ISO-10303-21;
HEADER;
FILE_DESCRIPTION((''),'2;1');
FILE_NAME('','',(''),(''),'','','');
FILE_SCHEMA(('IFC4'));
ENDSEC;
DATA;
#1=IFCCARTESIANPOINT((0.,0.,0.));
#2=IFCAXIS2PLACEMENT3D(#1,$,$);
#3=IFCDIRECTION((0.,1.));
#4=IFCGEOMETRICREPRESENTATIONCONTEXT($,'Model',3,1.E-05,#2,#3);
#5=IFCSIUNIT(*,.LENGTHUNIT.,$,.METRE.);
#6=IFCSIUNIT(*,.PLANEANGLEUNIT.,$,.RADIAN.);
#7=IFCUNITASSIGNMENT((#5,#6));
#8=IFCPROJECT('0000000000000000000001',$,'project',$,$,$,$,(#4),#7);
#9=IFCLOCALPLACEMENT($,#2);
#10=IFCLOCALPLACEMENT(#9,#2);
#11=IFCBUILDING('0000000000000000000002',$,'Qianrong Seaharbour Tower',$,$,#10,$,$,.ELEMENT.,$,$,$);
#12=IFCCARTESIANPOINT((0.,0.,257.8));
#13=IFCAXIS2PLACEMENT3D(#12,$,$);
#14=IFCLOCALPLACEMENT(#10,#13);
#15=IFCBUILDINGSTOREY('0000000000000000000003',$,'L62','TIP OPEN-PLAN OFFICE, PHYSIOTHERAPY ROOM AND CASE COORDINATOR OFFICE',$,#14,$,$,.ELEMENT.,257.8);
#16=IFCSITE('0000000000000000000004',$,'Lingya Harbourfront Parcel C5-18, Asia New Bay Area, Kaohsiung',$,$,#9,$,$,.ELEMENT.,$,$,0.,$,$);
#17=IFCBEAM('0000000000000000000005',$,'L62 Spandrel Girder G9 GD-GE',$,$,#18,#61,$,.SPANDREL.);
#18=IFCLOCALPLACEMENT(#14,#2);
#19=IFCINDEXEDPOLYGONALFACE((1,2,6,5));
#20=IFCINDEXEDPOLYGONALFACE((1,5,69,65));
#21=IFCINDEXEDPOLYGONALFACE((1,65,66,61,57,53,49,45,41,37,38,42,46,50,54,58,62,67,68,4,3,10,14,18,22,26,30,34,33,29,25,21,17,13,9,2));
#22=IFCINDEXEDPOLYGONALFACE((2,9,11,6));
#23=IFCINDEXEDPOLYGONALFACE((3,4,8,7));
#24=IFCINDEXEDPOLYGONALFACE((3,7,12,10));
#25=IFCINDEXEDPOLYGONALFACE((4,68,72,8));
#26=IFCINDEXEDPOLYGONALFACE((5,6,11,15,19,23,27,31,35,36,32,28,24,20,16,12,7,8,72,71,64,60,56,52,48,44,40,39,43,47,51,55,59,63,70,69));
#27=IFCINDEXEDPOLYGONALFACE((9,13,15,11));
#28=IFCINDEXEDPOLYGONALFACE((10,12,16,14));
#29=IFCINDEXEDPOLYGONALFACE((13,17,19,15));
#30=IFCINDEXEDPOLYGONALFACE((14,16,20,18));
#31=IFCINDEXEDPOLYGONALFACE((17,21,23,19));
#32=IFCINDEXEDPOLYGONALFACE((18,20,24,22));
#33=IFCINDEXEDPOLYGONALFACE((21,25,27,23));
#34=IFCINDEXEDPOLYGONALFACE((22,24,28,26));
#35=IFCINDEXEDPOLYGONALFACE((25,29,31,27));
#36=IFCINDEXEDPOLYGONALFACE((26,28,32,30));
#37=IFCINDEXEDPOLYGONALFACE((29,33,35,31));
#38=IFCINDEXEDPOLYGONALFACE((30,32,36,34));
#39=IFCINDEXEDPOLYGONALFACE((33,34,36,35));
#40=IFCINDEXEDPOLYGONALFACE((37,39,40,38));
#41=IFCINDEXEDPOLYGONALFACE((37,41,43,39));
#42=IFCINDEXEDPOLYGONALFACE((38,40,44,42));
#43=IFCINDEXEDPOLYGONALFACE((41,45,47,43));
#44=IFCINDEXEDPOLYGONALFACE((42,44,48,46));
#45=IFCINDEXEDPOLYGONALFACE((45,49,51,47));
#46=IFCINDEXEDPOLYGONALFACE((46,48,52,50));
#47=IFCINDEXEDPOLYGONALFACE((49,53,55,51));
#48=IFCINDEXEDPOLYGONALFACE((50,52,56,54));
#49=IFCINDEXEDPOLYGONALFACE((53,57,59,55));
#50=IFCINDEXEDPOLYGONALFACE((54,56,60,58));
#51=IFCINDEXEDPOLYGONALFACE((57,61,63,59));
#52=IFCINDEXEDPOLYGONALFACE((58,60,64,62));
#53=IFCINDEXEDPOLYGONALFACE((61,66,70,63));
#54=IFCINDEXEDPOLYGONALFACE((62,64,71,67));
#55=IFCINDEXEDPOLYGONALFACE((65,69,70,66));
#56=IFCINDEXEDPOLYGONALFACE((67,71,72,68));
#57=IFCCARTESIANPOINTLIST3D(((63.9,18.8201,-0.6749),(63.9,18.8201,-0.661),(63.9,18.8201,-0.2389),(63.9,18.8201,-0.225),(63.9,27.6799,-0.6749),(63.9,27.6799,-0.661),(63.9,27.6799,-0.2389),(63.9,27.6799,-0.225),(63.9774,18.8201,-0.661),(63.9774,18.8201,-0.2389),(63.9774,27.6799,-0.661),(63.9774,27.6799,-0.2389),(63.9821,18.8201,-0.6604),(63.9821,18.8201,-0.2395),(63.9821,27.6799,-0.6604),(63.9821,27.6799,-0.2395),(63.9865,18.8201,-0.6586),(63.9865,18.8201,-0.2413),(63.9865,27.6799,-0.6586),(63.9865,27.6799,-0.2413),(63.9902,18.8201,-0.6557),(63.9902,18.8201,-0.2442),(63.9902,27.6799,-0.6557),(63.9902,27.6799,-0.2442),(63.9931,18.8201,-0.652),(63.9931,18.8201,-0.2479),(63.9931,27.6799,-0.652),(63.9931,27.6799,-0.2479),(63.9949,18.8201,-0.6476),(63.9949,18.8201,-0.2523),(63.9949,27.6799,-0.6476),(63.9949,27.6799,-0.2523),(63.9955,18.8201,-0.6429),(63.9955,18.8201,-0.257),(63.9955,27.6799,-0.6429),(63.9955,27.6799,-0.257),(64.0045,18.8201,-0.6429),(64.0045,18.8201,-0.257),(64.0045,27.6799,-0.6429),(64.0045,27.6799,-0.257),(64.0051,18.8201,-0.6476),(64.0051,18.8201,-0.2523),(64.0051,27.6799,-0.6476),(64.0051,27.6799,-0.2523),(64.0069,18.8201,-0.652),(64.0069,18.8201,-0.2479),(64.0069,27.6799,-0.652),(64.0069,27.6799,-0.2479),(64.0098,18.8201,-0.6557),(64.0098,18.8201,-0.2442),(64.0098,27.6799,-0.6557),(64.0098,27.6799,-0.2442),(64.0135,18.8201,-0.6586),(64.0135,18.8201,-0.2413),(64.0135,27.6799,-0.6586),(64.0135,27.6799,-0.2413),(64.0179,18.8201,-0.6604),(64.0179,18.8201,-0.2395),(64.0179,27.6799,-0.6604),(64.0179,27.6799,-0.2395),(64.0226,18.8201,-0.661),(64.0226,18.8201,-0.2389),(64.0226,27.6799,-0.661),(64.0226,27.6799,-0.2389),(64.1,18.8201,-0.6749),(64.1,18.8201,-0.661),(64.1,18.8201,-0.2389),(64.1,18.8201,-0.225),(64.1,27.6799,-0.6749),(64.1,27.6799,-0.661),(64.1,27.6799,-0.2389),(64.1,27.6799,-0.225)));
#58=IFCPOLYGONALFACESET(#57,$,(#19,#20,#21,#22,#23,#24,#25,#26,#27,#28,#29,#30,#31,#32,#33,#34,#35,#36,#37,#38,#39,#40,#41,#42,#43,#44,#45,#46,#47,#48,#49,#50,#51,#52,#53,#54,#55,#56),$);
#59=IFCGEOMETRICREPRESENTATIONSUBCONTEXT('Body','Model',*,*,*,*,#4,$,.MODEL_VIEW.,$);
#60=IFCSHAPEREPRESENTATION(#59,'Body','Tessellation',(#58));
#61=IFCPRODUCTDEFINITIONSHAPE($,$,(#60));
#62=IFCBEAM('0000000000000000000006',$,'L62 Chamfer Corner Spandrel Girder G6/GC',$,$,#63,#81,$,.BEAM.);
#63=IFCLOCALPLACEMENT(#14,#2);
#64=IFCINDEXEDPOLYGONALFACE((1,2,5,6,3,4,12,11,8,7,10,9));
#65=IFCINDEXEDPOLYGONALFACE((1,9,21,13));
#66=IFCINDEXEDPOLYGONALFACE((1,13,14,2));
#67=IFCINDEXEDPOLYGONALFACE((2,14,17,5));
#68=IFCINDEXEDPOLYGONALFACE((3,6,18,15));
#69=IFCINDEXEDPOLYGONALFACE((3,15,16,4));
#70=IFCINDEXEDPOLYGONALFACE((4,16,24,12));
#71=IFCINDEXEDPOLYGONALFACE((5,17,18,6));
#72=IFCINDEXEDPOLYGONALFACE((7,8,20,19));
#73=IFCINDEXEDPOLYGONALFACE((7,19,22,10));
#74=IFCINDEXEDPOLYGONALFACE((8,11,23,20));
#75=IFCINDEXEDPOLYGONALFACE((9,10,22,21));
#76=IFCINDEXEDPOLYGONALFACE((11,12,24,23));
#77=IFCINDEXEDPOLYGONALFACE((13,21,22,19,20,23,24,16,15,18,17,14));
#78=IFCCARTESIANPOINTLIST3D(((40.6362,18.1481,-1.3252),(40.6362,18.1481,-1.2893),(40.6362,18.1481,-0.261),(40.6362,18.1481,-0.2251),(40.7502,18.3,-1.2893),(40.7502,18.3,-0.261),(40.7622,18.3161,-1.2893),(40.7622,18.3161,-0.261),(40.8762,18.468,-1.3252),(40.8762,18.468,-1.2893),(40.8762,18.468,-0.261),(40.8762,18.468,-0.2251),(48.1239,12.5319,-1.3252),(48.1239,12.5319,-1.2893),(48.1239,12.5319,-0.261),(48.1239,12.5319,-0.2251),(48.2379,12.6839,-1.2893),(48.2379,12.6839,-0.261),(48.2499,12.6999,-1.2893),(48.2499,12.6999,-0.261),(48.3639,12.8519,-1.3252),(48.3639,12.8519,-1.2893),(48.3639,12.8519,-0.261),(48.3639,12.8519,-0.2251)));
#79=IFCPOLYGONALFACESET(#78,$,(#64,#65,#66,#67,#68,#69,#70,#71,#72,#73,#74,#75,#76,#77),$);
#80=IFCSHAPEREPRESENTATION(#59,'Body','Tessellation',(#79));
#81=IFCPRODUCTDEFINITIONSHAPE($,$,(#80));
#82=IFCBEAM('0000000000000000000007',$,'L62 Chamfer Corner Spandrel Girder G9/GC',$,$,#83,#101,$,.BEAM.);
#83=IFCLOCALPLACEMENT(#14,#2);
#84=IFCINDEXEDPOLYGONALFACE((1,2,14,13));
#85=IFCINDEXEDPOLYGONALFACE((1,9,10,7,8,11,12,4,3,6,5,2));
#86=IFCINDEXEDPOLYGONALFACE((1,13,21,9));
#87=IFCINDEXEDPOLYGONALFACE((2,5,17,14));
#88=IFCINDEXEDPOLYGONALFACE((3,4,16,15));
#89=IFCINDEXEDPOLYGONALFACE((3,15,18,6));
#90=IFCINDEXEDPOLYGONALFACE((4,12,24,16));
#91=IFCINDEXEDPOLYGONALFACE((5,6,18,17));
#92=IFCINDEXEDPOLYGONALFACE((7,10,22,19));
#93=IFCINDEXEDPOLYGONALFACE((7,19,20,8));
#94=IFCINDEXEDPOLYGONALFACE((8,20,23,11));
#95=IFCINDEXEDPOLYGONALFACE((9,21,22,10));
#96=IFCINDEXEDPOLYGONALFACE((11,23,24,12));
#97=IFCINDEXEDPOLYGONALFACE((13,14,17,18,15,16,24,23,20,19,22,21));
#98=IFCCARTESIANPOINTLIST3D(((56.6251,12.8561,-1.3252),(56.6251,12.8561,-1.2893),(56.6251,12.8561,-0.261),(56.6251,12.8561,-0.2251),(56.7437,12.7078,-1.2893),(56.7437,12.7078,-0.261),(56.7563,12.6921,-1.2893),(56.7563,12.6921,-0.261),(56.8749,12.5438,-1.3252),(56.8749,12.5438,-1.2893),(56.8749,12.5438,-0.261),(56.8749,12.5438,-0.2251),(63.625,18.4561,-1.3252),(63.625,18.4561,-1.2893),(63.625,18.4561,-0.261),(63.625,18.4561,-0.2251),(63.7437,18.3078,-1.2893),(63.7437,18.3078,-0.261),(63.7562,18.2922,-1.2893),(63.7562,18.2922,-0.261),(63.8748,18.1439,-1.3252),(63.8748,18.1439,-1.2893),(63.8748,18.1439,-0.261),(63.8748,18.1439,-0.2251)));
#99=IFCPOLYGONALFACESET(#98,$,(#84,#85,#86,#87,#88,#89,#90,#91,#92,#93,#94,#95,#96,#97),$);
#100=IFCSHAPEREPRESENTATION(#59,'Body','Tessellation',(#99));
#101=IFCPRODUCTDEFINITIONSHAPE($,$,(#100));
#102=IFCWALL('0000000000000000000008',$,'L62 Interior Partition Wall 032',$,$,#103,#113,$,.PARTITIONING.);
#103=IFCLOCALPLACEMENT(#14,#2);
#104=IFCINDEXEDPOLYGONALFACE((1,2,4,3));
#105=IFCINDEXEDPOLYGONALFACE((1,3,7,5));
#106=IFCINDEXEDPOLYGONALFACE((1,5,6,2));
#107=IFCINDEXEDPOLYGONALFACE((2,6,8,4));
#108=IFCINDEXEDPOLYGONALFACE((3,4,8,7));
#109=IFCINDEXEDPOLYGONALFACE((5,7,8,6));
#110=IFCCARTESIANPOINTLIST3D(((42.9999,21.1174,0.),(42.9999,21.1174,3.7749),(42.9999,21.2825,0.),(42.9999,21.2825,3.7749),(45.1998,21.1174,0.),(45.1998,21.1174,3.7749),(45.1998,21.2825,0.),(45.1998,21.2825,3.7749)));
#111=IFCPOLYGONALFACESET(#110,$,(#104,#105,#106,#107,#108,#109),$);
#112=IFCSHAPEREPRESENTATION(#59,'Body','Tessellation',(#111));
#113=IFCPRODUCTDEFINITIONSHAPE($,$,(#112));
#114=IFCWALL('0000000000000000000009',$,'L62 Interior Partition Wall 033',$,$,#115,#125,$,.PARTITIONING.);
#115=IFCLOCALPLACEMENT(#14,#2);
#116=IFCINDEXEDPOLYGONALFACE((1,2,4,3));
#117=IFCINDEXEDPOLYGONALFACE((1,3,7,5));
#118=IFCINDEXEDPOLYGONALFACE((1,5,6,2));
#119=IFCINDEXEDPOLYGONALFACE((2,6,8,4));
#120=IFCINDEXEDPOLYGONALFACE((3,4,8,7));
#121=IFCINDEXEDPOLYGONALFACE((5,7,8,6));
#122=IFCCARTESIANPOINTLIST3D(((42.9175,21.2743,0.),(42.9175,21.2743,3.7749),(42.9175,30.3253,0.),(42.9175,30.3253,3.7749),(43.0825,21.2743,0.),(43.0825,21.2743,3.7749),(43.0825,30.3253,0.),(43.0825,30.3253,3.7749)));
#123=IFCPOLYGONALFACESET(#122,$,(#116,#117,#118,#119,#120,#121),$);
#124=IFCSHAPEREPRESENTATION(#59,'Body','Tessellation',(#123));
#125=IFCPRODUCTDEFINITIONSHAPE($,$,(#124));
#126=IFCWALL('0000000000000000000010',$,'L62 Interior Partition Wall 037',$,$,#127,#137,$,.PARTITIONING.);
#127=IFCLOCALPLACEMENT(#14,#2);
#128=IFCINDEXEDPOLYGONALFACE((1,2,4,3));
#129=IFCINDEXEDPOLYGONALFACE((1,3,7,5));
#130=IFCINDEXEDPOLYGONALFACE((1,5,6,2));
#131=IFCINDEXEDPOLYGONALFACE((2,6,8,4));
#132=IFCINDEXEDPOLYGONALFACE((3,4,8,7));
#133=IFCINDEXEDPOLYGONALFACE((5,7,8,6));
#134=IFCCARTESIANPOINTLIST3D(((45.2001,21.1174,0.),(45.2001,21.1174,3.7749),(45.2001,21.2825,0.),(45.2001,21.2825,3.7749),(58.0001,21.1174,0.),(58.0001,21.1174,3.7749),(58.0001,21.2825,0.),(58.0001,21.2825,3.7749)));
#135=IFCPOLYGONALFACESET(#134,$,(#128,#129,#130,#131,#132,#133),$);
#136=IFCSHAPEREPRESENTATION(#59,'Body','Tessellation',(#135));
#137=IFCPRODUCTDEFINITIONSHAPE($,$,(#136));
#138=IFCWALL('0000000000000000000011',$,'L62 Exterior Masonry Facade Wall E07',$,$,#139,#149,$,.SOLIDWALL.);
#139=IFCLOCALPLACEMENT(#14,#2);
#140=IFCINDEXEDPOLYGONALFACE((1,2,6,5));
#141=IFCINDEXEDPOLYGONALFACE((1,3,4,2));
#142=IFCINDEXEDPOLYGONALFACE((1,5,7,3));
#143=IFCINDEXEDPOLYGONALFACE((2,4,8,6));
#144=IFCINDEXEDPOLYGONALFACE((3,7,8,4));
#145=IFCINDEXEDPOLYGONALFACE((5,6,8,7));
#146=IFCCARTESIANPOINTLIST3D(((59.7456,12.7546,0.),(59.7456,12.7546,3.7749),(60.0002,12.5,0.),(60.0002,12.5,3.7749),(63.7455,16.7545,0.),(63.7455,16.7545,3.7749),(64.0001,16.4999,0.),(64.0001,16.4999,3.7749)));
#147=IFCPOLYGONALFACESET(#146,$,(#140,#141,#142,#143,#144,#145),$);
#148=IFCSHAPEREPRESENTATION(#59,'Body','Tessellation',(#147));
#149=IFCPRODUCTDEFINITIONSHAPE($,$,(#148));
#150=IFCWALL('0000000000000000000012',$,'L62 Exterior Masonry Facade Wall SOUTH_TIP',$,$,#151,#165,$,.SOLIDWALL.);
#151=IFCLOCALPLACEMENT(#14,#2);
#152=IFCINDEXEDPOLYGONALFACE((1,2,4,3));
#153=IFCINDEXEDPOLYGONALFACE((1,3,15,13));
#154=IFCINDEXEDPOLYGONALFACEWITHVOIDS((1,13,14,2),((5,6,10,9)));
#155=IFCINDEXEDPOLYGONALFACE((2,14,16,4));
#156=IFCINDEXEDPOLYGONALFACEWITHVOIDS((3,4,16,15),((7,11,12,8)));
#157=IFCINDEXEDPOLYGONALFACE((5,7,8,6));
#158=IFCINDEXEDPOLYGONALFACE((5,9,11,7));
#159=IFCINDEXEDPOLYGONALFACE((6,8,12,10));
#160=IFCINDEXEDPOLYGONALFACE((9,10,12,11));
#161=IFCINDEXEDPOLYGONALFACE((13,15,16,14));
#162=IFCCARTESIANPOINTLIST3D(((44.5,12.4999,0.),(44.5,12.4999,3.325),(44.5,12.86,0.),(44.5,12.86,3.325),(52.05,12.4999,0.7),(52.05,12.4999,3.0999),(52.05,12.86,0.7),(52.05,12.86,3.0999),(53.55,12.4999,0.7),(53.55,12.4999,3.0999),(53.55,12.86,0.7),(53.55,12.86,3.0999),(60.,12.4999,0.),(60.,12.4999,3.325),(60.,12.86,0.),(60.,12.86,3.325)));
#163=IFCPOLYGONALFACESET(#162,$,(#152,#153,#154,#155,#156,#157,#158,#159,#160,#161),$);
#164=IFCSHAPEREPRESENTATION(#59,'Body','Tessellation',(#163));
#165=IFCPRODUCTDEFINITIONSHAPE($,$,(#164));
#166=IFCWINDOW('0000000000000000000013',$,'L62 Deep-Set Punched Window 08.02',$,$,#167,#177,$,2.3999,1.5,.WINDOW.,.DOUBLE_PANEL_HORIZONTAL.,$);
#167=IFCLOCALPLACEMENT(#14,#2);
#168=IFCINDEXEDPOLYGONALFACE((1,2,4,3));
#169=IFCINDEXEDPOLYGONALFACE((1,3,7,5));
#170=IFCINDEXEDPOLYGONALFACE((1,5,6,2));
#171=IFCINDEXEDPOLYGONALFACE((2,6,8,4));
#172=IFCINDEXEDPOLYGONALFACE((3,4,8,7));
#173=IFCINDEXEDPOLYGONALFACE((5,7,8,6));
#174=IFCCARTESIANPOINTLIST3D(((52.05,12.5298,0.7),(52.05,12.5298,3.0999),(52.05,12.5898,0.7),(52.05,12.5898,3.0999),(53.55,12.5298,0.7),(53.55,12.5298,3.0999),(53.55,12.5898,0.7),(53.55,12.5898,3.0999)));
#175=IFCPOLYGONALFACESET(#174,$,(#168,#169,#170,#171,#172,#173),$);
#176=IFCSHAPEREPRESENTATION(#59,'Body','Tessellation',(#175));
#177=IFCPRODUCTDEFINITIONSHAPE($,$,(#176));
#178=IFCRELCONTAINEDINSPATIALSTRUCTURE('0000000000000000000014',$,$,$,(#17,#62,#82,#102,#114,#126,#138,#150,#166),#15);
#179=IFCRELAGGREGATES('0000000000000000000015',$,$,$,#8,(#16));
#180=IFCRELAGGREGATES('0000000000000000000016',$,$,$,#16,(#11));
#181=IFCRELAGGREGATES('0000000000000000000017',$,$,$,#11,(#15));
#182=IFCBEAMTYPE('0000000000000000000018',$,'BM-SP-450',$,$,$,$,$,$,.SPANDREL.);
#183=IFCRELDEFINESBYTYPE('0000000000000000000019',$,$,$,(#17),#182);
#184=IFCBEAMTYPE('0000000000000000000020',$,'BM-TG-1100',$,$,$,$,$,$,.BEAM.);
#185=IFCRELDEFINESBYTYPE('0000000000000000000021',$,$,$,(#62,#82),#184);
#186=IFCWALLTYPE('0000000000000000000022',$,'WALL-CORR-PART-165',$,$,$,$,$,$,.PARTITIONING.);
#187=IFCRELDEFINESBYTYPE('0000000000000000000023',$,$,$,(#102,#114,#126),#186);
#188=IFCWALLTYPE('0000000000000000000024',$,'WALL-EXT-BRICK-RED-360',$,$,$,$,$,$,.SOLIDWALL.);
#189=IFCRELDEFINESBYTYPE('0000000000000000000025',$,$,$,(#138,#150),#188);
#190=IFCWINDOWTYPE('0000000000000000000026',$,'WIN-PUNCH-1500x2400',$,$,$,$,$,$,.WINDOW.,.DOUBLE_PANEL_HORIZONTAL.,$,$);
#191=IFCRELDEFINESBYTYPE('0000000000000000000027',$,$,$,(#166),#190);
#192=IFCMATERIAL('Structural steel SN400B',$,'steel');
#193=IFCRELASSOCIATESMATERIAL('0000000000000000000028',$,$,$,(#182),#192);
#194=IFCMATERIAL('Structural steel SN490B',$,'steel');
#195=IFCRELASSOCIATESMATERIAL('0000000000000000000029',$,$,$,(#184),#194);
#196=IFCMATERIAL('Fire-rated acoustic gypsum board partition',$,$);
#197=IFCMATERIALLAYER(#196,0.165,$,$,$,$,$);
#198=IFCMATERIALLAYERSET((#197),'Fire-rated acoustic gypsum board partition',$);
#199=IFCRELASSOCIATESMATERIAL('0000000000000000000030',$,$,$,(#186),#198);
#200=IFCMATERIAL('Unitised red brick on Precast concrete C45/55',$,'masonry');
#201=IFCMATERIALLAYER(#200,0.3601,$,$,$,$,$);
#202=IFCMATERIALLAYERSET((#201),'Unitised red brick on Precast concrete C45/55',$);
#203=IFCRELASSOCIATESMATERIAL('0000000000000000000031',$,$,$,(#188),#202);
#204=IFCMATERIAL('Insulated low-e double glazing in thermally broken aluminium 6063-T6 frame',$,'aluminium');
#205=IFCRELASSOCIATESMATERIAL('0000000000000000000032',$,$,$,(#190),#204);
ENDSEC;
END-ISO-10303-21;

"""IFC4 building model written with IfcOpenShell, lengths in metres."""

from ifc_helpers import new_model, si_unit, direction, frame, frame_2d, origin, origin_2d, place, context, subcontext, project, spatial, rectangle, i_section, extrude, material, layer, layer_set, material_profile, profile_set, type_object, element, fill, save


model = new_model("IFC4")

# Units and contexts
model_context = context("Model", 3, precision=1e-05, world=origin(), true_north=direction((0.0, 1.0)))
body_context = subcontext(model_context, "Body", "Model", "MODEL_VIEW")
ifc_project = project(units=[si_unit("LENGTHUNIT", "METRE"), si_unit("PLANEANGLEUNIT", "RADIAN")], contexts=[model_context])

# Site, building, storey
site_placement = place(None, origin())
site = spatial("IfcSite", under=ifc_project, at=site_placement, Name="Lingya Harbourfront Parcel C5-18, Asia New Bay Area, Kaohsiung", CompositionType="ELEMENT", RefElevation=0.0)
building_placement = place(site_placement, origin())
building = spatial("IfcBuilding", under=site, at=building_placement, Name="Qianrong Seaharbour Tower", CompositionType="ELEMENT")
storey_placement = place(building_placement, frame((0.0, 0.0, 257.8)))
storey = spatial("IfcBuildingStorey", under=building, at=storey_placement, Name="L62", Description="TIP OPEN-PLAN OFFICE, PHYSIOTHERAPY ROOM AND CASE COORDINATOR OFFICE", CompositionType="ELEMENT", Elevation=257.8)

# Shared definitions
ifc_material_1 = material(Name="Structural steel SN490B", Category="steel")

# Beams
ifc_material_2 = material(Name="Structural steel SN400B", Category="steel")
ifc_material_profile_1 = material_profile(ifc_material_2, i_section(OverallWidth=0.2, OverallDepth=0.45, WebThickness=0.009, FlangeThickness=0.0139, FilletRadius=0.0181, at=origin_2d()), Name="H450x200x9x14")
ifc_profile_set_1 = profile_set([ifc_material_profile_1], Name="Structural steel SN400B")
beam_type_1 = type_object("IfcBeamType", Name="BM-SP-450", PredefinedType="SPANDREL", material=ifc_profile_set_1)
beam_1_placement = place(storey_placement, frame((64.0, 18.8201, -0.45), z_axis=(0.0, 1.0, 0.0), x_axis=(-1.0, 0.0, 0.0)))
element("IfcBeam", 1, at=beam_1_placement, inside=storey, type_object=beam_type_1, Name="L62 Spandrel Girder G9 GD-GE", PredefinedType="SPANDREL", context=body_context, shape_type="SweptSolid", body=[
    extrude(i_section(OverallWidth=0.2, OverallDepth=0.45, WebThickness=0.009, FlangeThickness=0.0139, FilletRadius=0.0181, at=origin_2d()), origin(), (0.0, 0.0, 1.0), 8.8599),
])
ifc_material_profile_2 = material_profile(ifc_material_1, i_section(OverallWidth=0.3999, OverallDepth=1.1001, WebThickness=0.02, FlangeThickness=0.0359, at=origin_2d()), Name="BH1100x400x20x36")
ifc_profile_set_2 = profile_set([ifc_material_profile_2], Name="Structural steel SN490B")
beam_type_2 = type_object("IfcBeamType", Name="BM-TG-1100", PredefinedType="BEAM", material=ifc_profile_set_2)
beam_2_placement = place(storey_placement, frame((48.2439, 12.6919, -0.7751), z_axis=(-0.799981, 0.600025, 0.0), x_axis=(-0.600025, -0.799981, 0.0)))
element("IfcBeam", 2, at=beam_2_placement, inside=storey, type_object=beam_type_2, Name="L62 Chamfer Corner Spandrel Girder G6/GC", PredefinedType="BEAM", context=body_context, shape_type="SweptSolid", body=[
    extrude(i_section(OverallWidth=0.3999, OverallDepth=1.1001, WebThickness=0.02, FlangeThickness=0.0359, at=origin_2d()), origin(), (0.0, 0.0, 1.0), 9.3599),
])
beam_3_placement = place(storey_placement, frame((56.75, 12.7, -0.7751), z_axis=(0.780863, 0.624702, 0.0), x_axis=(-0.624702, 0.780863, 0.0)))
element("IfcBeam", 3, at=beam_3_placement, inside=storey, type_object=beam_type_2, Name="L62 Chamfer Corner Spandrel Girder G9/GC", PredefinedType="BEAM", context=body_context, shape_type="SweptSolid", body=[
    extrude(i_section(OverallWidth=0.3999, OverallDepth=1.1001, WebThickness=0.02, FlangeThickness=0.0359, at=origin_2d()), origin(), (0.0, 0.0, 1.0), 8.9644),
])

# Walls
ifc_material_3 = material(Name="Fire-rated acoustic gypsum board partition")
ifc_layer_1 = layer(ifc_material_3, 0.165)
ifc_layer_set_1 = layer_set([ifc_layer_1], Name="Fire-rated acoustic gypsum board partition")
wall_type_1 = type_object("IfcWallType", Name="WALL-CORR-PART-165", PredefinedType="PARTITIONING", material=ifc_layer_set_1)
wall_1_placement = place(storey_placement, frame((45.2, 21.2, 0.0), z_axis=(0.0, 0.0, 1.0), x_axis=(-1.0, 0.0, 0.0)))
element("IfcWall", 4, at=wall_1_placement, inside=storey, type_object=wall_type_1, Name="L62 Interior Partition Wall 032", PredefinedType="PARTITIONING", context=body_context, shape_type="SweptSolid", body=[
    extrude(rectangle(XDim=2.2, YDim=0.165, at=frame_2d((1.1001, 0.0))), origin(), (0.0, 0.0, 1.0), 3.7749),
])
wall_2_placement = place(storey_placement, frame((43.0, 21.2744, 0.0), z_axis=(0.0, 0.0, 1.0), x_axis=(0.0, 1.0, 0.0)))
element("IfcWall", 5, at=wall_2_placement, inside=storey, type_object=wall_type_1, Name="L62 Interior Partition Wall 033", PredefinedType="PARTITIONING", context=body_context, shape_type="SweptSolid", body=[
    extrude(rectangle(XDim=9.051, YDim=0.165, at=frame_2d((4.5254, 0.0))), origin(), (0.0, 0.0, 1.0), 3.7749),
])
wall_3_placement = place(storey_placement, frame((58.0, 21.2, 0.0), z_axis=(0.0, 0.0, 1.0), x_axis=(-1.0, 0.0, 0.0)))
element("IfcWall", 6, at=wall_3_placement, inside=storey, type_object=wall_type_1, Name="L62 Interior Partition Wall 037", PredefinedType="PARTITIONING", context=body_context, shape_type="SweptSolid", body=[
    extrude(rectangle(XDim=12.8, YDim=0.165, at=frame_2d((6.3999, 0.0))), origin(), (0.0, 0.0, 1.0), 3.7749),
])
ifc_material_4 = material(Name="Unitised red brick on Precast concrete C45/55", Category="masonry")
ifc_layer_2 = layer(ifc_material_4, 0.3601)
ifc_layer_set_2 = layer_set([ifc_layer_2], Name="Unitised red brick on Precast concrete C45/55")
wall_type_2 = type_object("IfcWallType", Name="WALL-EXT-BRICK-RED-360", PredefinedType="SOLIDWALL", material=ifc_layer_set_2)
wall_4_placement = place(storey_placement, frame((63.8728, 16.6272, 0.0), z_axis=(0.0, 0.0, 1.0), x_axis=(-0.707107, -0.707107, 0.0)))
element("IfcWall", 7, at=wall_4_placement, inside=storey, type_object=wall_type_2, Name="L62 Exterior Masonry Facade Wall E07", PredefinedType="SOLIDWALL", context=body_context, shape_type="SweptSolid", body=[
    extrude(rectangle(XDim=5.6567, YDim=0.3601, at=frame_2d((2.8284, 0.0))), origin(), (0.0, 0.0, 1.0), 3.7749),
])

# Wall, opening, window
wall_5_placement = place(storey_placement, frame((60.0, 12.6799, 0.0), z_axis=(0.0, 0.0, 1.0), x_axis=(-1.0, 0.0, 0.0)))
wall_5 = element("IfcWall", 8, at=wall_5_placement, inside=storey, type_object=wall_type_2, Name="L62 Exterior Masonry Facade Wall SOUTH_TIP", PredefinedType="SOLIDWALL", context=body_context, shape_type="SweptSolid", body=[
    extrude(rectangle(XDim=15.5, YDim=0.3601, at=frame_2d((7.75, 0.0))), origin(), (0.0, 0.0, 1.0), 3.325),
])
opening_placement = place(wall_5_placement, frame((6.45, 0.0, 0.7)))
opening = element("IfcOpeningElement", 9, at=opening_placement, cuts=wall_5, PredefinedType="OPENING", context=body_context, shape_type="SweptSolid", body=[
    extrude(rectangle(XDim=1.5, YDim=2.3999, at=frame_2d((0.75, 1.2))), frame((0.0, 0.1899, 0.0), z_axis=(0.0, -1.0, 0.0), x_axis=(1.0, 0.0, 0.0)), (0.0, 0.0, 1.0), 0.3801),
])
ifc_material_5 = material(Name="Insulated low-e double glazing in thermally broken aluminium 6063-T6 frame", Category="aluminium")
window_type = type_object("IfcWindowType", Name="WIN-PUNCH-1500x2400", PartitioningType="DOUBLE_PANEL_HORIZONTAL", PredefinedType="WINDOW", material=ifc_material_5)
window_placement = place(opening_placement, origin())
window = element("IfcWindow", 10, at=window_placement, inside=storey, type_object=window_type, Name="L62 Deep-Set Punched Window 08.02", OverallHeight=2.3999, OverallWidth=1.5, PartitioningType="DOUBLE_PANEL_HORIZONTAL", PredefinedType="WINDOW", context=body_context, shape_type="SweptSolid", body=[
    extrude(rectangle(XDim=1.5, YDim=2.3999, at=frame_2d((0.75, 1.2))), frame((0.0, 0.1501, 0.0), z_axis=(0.0, -1.0, 0.0), x_axis=(1.0, 0.0, 0.0)), (0.0, 0.0, 1.0), 0.0601),
])
fill(opening, window)

save(model, "model.ifc")
